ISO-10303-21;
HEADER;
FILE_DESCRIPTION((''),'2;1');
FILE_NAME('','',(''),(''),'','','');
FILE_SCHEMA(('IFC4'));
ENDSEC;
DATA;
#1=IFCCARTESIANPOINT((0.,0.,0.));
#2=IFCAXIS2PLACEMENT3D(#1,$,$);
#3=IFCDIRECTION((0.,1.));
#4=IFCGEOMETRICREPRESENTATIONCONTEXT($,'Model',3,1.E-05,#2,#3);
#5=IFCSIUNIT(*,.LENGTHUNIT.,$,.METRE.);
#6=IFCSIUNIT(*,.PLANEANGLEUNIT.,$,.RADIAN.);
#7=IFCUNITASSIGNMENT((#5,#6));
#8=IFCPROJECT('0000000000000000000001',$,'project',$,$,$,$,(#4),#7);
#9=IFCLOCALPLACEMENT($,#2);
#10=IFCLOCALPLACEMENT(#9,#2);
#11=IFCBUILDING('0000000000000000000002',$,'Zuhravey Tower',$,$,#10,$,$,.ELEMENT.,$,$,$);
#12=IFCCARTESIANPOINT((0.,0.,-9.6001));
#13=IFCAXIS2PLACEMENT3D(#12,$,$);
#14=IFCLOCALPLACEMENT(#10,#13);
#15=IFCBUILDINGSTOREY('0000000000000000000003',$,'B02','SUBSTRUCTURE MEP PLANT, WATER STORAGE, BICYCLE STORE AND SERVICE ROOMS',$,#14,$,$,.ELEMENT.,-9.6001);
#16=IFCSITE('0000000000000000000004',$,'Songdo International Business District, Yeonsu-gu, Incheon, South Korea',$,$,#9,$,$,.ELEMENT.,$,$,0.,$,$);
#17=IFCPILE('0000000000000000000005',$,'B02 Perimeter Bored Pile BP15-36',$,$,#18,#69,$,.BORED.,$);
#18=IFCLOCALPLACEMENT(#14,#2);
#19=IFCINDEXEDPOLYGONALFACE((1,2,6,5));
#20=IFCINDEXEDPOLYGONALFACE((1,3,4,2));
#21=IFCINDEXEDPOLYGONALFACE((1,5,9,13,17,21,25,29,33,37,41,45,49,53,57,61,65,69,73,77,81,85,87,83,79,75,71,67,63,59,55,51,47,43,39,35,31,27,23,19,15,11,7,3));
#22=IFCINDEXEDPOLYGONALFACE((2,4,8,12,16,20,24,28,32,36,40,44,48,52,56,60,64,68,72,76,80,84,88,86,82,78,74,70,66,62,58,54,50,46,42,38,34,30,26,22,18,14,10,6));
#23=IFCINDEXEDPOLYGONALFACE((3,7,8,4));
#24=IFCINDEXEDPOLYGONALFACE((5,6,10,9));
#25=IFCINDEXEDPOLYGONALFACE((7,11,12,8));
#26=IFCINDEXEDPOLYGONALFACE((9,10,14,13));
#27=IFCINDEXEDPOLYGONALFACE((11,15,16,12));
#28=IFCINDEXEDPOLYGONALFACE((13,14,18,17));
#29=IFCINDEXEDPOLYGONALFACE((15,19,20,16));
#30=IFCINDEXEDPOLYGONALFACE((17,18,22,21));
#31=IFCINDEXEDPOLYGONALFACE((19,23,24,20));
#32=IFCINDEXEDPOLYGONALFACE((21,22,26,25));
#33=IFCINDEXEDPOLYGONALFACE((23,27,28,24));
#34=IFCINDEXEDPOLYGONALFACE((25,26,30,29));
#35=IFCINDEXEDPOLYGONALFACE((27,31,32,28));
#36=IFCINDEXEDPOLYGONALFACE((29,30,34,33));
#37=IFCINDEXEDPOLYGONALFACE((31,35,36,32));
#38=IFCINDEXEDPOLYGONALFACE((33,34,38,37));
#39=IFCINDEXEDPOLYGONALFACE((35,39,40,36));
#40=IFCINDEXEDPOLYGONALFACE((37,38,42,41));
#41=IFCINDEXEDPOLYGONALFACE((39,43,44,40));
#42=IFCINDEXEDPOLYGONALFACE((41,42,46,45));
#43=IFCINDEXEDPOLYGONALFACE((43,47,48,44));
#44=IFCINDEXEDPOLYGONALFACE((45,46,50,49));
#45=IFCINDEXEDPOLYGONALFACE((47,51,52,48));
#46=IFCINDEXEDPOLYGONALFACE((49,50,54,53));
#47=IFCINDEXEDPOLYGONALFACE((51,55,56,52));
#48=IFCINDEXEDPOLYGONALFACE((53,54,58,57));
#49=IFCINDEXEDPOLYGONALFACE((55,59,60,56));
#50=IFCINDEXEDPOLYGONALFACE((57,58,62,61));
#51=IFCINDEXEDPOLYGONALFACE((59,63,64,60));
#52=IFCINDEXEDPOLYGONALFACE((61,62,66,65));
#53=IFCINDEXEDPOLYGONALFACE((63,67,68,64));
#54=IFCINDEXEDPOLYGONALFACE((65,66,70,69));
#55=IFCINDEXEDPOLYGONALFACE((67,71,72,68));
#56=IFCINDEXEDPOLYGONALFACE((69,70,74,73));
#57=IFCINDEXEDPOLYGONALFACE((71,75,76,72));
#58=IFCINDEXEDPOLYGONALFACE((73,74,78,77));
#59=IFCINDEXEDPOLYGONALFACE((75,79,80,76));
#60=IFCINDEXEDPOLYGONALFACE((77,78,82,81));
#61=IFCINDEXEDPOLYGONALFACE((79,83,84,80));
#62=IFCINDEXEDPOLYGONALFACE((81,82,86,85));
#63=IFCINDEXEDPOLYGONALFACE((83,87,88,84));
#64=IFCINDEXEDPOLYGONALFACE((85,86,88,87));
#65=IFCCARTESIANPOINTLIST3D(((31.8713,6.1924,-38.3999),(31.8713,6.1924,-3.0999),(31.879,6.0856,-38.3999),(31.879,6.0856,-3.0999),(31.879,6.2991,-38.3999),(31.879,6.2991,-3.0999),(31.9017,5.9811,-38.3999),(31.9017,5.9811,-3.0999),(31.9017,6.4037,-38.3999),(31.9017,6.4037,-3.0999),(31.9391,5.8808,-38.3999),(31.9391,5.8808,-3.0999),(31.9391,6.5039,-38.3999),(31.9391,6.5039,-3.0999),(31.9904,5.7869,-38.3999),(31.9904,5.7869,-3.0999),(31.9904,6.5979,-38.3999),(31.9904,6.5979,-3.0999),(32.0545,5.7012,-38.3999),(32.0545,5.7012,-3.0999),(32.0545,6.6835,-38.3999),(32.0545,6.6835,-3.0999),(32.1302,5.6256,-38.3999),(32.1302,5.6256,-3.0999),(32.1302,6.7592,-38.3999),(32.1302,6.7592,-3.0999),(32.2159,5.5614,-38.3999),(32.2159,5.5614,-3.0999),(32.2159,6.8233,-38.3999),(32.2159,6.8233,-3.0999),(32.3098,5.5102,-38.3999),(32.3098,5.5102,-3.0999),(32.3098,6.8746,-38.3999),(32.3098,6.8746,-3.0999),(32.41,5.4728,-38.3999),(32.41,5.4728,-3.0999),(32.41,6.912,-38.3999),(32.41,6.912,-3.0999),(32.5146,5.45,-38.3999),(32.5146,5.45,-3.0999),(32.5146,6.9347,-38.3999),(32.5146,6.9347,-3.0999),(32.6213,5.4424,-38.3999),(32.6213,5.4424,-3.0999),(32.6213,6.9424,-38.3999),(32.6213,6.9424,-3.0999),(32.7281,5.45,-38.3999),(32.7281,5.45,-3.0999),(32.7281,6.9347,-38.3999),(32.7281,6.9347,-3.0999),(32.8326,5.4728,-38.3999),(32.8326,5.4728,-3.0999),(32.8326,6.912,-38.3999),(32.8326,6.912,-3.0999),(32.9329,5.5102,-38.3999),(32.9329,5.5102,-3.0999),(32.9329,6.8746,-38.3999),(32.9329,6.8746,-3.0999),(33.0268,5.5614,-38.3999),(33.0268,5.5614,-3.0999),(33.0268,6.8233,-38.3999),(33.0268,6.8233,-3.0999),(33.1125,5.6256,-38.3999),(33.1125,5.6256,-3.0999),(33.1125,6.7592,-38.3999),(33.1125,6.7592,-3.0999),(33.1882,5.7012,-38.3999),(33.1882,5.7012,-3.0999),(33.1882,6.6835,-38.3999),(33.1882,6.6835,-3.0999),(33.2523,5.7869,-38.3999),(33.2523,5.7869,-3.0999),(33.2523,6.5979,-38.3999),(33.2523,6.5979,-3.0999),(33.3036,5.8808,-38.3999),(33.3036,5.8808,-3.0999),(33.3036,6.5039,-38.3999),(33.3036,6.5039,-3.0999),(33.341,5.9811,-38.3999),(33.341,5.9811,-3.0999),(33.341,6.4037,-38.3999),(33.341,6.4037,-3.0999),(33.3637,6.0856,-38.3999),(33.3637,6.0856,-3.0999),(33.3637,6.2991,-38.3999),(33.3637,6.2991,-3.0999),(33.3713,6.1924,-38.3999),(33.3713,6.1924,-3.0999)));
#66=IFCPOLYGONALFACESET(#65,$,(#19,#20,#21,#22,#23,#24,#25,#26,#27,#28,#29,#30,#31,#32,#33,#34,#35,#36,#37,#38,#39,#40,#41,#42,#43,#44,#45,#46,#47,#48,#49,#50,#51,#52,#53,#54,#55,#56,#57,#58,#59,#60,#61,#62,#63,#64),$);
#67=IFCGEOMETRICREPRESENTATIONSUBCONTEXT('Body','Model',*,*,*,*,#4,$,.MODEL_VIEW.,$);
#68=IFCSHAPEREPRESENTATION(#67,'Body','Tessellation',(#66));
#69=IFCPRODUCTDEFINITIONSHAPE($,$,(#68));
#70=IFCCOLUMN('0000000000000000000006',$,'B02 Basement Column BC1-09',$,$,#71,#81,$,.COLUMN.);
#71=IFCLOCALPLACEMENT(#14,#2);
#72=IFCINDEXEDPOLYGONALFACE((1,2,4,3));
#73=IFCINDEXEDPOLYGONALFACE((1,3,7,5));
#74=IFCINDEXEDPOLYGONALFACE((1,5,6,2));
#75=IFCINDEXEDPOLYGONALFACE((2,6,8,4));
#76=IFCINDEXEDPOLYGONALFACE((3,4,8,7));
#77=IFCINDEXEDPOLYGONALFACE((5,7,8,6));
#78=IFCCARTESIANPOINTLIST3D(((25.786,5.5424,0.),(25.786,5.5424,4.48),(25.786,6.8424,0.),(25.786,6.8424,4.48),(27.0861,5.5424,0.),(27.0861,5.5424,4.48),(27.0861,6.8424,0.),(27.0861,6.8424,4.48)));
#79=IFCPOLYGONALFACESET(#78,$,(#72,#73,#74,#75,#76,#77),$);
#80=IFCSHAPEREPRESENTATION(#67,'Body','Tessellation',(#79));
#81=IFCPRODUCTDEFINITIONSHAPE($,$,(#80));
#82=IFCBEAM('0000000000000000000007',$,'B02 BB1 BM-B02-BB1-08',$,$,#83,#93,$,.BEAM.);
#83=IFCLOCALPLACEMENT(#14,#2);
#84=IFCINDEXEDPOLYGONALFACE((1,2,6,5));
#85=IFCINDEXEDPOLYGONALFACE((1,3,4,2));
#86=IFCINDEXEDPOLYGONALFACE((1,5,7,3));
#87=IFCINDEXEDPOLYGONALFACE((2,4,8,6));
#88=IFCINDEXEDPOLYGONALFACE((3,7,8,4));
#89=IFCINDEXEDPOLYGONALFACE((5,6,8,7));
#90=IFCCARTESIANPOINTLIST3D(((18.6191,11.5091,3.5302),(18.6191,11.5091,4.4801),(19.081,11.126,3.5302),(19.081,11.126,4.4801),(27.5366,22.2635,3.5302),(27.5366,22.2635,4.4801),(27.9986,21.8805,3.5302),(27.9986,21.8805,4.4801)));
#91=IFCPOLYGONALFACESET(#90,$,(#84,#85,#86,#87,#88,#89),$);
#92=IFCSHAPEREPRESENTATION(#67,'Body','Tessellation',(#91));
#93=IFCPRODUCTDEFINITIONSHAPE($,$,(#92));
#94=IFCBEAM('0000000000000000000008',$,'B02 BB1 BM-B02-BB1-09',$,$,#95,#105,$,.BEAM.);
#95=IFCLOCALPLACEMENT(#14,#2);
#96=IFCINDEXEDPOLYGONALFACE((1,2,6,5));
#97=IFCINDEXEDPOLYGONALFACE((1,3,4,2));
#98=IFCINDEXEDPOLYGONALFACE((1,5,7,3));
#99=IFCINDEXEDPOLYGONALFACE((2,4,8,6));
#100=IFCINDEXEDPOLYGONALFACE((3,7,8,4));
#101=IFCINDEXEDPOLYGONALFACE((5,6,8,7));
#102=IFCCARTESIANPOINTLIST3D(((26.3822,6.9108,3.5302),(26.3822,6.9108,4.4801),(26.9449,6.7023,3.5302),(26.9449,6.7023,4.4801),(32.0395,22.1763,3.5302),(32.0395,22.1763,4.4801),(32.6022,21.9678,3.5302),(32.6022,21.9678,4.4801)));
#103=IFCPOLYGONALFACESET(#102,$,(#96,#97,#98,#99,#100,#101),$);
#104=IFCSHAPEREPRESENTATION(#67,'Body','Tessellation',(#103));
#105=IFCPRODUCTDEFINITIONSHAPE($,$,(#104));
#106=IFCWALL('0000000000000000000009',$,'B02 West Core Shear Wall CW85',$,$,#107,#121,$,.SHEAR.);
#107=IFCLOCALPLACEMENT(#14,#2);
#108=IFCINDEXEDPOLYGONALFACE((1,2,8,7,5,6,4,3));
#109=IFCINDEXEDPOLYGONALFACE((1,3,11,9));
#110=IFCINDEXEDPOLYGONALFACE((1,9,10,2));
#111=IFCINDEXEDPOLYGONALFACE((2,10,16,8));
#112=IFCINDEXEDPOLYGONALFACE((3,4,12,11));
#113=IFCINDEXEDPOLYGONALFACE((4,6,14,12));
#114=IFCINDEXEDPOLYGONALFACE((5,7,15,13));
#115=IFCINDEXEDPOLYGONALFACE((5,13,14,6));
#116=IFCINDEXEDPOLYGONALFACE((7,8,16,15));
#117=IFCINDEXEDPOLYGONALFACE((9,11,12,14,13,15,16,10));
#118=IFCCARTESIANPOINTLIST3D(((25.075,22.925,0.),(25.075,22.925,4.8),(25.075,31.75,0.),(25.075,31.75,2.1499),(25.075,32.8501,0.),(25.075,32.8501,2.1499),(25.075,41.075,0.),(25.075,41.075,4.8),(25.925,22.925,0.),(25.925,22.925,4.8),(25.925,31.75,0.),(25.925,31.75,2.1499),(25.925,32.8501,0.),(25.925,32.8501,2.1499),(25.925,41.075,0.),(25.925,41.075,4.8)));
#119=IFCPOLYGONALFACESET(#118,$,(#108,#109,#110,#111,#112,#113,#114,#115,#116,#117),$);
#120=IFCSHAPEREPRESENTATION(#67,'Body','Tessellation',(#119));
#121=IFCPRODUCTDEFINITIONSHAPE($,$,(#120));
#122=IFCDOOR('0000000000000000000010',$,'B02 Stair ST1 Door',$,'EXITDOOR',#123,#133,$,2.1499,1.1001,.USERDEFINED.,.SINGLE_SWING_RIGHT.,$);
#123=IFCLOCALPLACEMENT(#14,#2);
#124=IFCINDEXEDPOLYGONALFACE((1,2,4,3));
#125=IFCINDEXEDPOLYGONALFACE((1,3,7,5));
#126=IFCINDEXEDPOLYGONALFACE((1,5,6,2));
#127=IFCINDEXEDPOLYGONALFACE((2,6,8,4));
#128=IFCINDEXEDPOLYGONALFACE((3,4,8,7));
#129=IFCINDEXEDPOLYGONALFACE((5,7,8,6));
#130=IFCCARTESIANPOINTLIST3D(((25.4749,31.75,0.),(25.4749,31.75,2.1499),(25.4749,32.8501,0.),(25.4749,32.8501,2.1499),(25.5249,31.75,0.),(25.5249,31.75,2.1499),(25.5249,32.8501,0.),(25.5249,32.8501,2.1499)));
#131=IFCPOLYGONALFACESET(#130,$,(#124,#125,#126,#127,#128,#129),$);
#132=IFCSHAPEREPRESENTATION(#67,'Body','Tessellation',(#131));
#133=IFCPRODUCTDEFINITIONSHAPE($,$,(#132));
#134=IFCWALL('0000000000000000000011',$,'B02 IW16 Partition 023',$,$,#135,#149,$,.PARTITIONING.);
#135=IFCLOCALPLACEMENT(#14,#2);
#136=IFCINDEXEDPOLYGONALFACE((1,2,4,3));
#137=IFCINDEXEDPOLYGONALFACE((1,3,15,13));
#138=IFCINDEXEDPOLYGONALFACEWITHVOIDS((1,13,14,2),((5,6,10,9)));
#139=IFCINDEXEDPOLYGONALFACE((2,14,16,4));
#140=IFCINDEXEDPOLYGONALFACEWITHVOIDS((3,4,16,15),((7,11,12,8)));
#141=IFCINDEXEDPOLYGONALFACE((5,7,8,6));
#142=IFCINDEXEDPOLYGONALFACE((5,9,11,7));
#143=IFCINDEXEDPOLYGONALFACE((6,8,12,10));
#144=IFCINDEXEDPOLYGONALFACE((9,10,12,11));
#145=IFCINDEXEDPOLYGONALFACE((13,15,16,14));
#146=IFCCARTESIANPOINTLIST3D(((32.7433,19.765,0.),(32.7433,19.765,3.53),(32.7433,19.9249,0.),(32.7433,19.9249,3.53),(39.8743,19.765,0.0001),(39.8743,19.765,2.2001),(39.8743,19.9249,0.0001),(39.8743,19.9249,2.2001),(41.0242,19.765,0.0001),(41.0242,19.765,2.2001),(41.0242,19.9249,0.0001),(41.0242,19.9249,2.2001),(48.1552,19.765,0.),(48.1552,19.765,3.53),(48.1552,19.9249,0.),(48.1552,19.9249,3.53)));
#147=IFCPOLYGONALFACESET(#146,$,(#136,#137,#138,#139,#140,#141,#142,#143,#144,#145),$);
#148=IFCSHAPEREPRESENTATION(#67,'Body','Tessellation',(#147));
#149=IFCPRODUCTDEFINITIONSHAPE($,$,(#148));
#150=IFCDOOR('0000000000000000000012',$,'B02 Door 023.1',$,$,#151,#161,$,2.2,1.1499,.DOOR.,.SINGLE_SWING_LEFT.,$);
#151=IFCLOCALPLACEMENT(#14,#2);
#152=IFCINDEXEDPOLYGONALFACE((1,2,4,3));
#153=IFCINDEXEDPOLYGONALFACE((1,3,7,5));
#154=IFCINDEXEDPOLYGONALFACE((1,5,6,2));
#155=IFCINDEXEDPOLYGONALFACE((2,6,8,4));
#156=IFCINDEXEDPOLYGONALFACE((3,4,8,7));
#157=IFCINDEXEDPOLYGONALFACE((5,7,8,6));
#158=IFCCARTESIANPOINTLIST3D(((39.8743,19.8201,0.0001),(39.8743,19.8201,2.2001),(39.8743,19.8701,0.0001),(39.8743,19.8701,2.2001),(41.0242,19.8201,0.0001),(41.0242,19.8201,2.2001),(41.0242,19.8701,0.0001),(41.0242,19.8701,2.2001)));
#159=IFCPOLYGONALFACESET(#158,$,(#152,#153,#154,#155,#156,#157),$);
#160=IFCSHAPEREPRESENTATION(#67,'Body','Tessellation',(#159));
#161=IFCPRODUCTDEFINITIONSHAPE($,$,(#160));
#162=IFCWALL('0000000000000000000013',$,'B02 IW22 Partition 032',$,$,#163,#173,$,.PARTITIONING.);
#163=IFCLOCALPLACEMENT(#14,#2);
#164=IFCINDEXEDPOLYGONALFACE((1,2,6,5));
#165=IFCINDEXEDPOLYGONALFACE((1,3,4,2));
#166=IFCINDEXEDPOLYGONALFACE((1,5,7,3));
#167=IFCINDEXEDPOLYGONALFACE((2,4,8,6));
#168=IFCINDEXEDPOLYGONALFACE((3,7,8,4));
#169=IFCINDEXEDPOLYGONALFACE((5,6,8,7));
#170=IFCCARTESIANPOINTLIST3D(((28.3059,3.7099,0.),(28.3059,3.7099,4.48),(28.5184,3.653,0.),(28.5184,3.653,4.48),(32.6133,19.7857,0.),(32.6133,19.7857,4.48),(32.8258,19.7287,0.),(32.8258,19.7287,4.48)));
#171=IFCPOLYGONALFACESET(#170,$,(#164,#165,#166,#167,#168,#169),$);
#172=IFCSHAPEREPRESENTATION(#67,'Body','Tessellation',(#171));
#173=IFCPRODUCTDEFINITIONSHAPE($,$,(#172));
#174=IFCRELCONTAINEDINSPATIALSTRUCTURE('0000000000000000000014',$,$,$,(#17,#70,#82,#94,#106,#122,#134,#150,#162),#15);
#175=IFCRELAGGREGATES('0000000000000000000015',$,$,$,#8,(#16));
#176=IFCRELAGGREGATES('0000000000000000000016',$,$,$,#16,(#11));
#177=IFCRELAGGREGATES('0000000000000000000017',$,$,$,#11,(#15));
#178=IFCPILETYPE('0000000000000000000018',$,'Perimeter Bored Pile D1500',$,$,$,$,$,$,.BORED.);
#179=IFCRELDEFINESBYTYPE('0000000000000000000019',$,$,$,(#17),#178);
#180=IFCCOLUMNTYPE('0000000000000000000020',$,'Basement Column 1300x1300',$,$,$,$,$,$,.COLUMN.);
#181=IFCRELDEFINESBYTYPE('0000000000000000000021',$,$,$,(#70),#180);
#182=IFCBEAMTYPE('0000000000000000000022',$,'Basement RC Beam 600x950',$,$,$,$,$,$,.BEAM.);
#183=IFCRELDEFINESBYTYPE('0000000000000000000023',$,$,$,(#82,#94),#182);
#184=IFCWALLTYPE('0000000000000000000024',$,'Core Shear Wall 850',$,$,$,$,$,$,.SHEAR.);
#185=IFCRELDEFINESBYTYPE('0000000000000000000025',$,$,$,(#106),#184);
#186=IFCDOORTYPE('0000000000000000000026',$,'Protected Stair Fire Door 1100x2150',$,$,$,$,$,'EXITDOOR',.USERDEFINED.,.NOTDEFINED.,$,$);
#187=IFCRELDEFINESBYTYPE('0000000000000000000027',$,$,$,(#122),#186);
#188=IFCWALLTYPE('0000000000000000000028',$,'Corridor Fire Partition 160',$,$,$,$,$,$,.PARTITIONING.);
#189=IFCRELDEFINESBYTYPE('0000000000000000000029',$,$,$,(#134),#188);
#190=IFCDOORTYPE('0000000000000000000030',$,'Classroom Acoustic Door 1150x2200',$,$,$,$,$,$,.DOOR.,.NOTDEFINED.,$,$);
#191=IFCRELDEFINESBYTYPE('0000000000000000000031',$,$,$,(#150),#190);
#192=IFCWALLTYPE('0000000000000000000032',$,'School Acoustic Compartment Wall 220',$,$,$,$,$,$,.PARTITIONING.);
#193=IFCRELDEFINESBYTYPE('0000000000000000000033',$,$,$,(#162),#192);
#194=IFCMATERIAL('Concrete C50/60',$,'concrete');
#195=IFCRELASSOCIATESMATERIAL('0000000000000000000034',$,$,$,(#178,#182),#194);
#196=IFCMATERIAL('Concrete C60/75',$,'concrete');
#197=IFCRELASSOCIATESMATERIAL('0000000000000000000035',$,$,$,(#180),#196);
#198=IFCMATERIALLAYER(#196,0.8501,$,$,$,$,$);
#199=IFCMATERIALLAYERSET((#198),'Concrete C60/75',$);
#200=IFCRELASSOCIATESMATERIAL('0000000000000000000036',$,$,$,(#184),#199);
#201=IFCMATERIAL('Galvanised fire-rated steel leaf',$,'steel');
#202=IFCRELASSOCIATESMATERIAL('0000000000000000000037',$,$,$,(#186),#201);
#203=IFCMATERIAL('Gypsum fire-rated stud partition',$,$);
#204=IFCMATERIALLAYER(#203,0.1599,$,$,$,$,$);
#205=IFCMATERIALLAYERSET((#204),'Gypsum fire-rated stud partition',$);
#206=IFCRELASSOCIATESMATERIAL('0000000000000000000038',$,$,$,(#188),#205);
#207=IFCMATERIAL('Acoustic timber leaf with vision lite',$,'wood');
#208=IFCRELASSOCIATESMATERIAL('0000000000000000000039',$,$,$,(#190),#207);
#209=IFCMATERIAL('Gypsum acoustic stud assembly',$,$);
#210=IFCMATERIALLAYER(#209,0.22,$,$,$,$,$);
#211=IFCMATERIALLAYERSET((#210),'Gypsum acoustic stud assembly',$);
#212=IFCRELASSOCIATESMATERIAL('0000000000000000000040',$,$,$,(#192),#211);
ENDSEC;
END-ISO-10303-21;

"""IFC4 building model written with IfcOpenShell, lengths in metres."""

from ifc_helpers import new_model, si_unit, direction, frame, frame_2d, origin, origin_2d, place, context, subcontext, project, spatial, rectangle, circle, extrude, material, layer, layer_set, material_profile, profile_set, type_object, element, fill, save


model = new_model("IFC4")

# Units and contexts
model_context = context("Model", 3, precision=1e-05, world=origin(), true_north=direction((0.0, 1.0)))
body_context = subcontext(model_context, "Body", "Model", "MODEL_VIEW")
ifc_project = project(units=[si_unit("LENGTHUNIT", "METRE"), si_unit("PLANEANGLEUNIT", "RADIAN")], contexts=[model_context])

# Site, building, storey
site_placement = place(None, origin())
site = spatial("IfcSite", under=ifc_project, at=site_placement, Name="Songdo International Business District, Yeonsu-gu, Incheon, South Korea", CompositionType="ELEMENT", RefElevation=0.0)
building_placement = place(site_placement, origin())
building = spatial("IfcBuilding", under=site, at=building_placement, Name="Zuhravey Tower", CompositionType="ELEMENT")
storey_placement = place(building_placement, frame((0.0, 0.0, -9.6001)))
storey = spatial("IfcBuildingStorey", under=building, at=storey_placement, Name="B02", Description="SUBSTRUCTURE MEP PLANT, WATER STORAGE, BICYCLE STORE AND SERVICE ROOMS", CompositionType="ELEMENT", Elevation=-9.6001)

# Pile
ifc_material_1 = material(Name="Concrete C50/60", Category="concrete")
ifc_material_profile_1 = material_profile(ifc_material_1, circle(Radius=0.75, at=origin_2d()), Name="PILE-D1500")
ifc_profile_set_1 = profile_set([ifc_material_profile_1], Name="Concrete C50/60")
pile_type = type_object("IfcPileType", Name="Perimeter Bored Pile D1500", PredefinedType="BORED", material=ifc_profile_set_1)
for number, where, z_axis, x_axis, name in (
    (1, (32.6213, 6.1924, -3.0999), (0.0, 0.0, -1.0), (1.0, 0.0, 0.0), "B02 Perimeter Bored Pile BP15-36"),
):
    element("IfcPile", number, at=place(storey_placement, frame(where, z_axis=z_axis, x_axis=x_axis)), inside=storey, type_object=pile_type, Name=name, PredefinedType="BORED", context=body_context, shape_type="SweptSolid", body=[
        extrude(circle(Radius=0.75, at=origin_2d()), origin(), (0.0, 0.0, 1.0), 35.3),
    ])

# Column
ifc_material_2 = material(Name="Concrete C60/75", Category="concrete")
ifc_material_profile_2 = material_profile(ifc_material_2, rectangle(XDim=1.3, YDim=1.3, at=origin_2d()), Name="RC-1300x1300")
ifc_profile_set_2 = profile_set([ifc_material_profile_2], Name="Concrete C60/75")
column_type = type_object("IfcColumnType", Name="Basement Column 1300x1300", PredefinedType="COLUMN", material=ifc_profile_set_2)
column_placement = place(storey_placement, frame((26.436, 6.1924, 0.0), z_axis=(0.0, 0.0, 1.0), x_axis=(1.0, 0.0, 0.0)))
element("IfcColumn", 2, at=column_placement, inside=storey, type_object=column_type, Name="B02 Basement Column BC1-09", PredefinedType="COLUMN", context=body_context, shape_type="SweptSolid", body=[
    extrude(rectangle(XDim=1.3, YDim=1.3, at=origin_2d()), origin(), (0.0, 0.0, 1.0), 4.48),
])

# Beams
ifc_material_profile_3 = material_profile(ifc_material_1, rectangle(XDim=0.6001, YDim=0.95, at=origin_2d()), Name="RC-600x950")
ifc_profile_set_3 = profile_set([ifc_material_profile_3], Name="Concrete C50/60")
beam_type = type_object("IfcBeamType", Name="Basement RC Beam 600x950", PredefinedType="BEAM", material=ifc_profile_set_3)
beam_1_placement = place(storey_placement, frame((27.7676, 22.072, 4.0051), z_axis=(-0.638302, -0.769786, 0.0), x_axis=(0.769786, -0.638302, 0.0)))
element("IfcBeam", 3, at=beam_1_placement, inside=storey, type_object=beam_type, Name="B02 BB1 BM-B02-BB1-08", PredefinedType="BEAM", context=body_context, shape_type="SweptSolid", body=[
    extrude(rectangle(XDim=0.6001, YDim=0.95, at=origin_2d()), origin(), (0.0, 0.0, 1.0), 13.9707),
])
beam_2_placement = place(storey_placement, frame((32.3208, 22.072, 4.0051), z_axis=(-0.347497, -0.937681, 0.0), x_axis=(0.937681, -0.347497, 0.0)))
element("IfcBeam", 4, at=beam_2_placement, inside=storey, type_object=beam_type, Name="B02 BB1 BM-B02-BB1-09", PredefinedType="BEAM", context=body_context, shape_type="SweptSolid", body=[
    extrude(rectangle(XDim=0.6001, YDim=0.95, at=origin_2d()), origin(), (0.0, 0.0, 1.0), 16.28),
])

# Walls, openings, doors
ifc_layer_1 = layer(ifc_material_2, 0.8501)
ifc_layer_set_1 = layer_set([ifc_layer_1], Name="Concrete C60/75")
wall_type_1 = type_object("IfcWallType", Name="Core Shear Wall 850", PredefinedType="SHEAR", material=ifc_layer_set_1)
ifc_material_3 = material(Name="Galvanised fire-rated steel leaf", Category="steel")
wall_1_placement = place(storey_placement, frame((25.5, 22.925, 0.0), z_axis=(0.0, 0.0, 1.0), x_axis=(0.0, 1.0, 0.0)))
wall_1 = element("IfcWall", 5, at=wall_1_placement, inside=storey, type_object=wall_type_1, Name="B02 West Core Shear Wall CW85", PredefinedType="SHEAR", context=body_context, shape_type="SweptSolid", body=[
    extrude(rectangle(XDim=18.1499, YDim=0.8501, at=frame_2d((9.075, 0.0))), origin(), (0.0, 0.0, 1.0), 4.8),
])
opening_1_placement = place(wall_1_placement, frame((8.825, 0.0, 0.0)))
opening_1 = element("IfcOpeningElement", 6, at=opening_1_placement, cuts=wall_1, PredefinedType="OPENING", context=body_context, shape_type="SweptSolid", body=[
    extrude(rectangle(XDim=1.1001, YDim=2.1499, at=frame_2d((0.55, 1.075))), frame((0.0, 0.437, 0.0), z_axis=(0.0, -1.0, 0.0), x_axis=(1.0, 0.0, 0.0)), (0.0, 0.0, 1.0), 0.874),
])
door_type_1 = type_object("IfcDoorType", Name="Protected Stair Fire Door 1100x2150", ElementType="EXITDOOR", OperationType="NOTDEFINED", PredefinedType="USERDEFINED", material=ifc_material_3)
door_1_placement = place(opening_1_placement, frame((1.1001, 0.0, 0.0), z_axis=(0.0, 0.0, 1.0), x_axis=(-1.0, 0.0, 0.0)))
door_1 = element("IfcDoor", 7, at=door_1_placement, inside=storey, type_object=door_type_1, Name="B02 Stair ST1 Door", ObjectType="EXITDOOR", OperationType="SINGLE_SWING_RIGHT", OverallHeight=2.1499, OverallWidth=1.1001, PredefinedType="USERDEFINED", context=body_context, shape_type="SweptSolid", body=[
    extrude(rectangle(XDim=1.1001, YDim=2.1499, at=frame_2d((0.55, 1.075))), frame((0.0, 0.0249, 0.0), z_axis=(0.0, -1.0, 0.0), x_axis=(1.0, 0.0, 0.0)), (0.0, 0.0, 1.0), 0.05),
])
fill(opening_1, door_1)
ifc_material_4 = material(Name="Gypsum fire-rated stud partition")
ifc_layer_2 = layer(ifc_material_4, 0.1599)
ifc_layer_set_2 = layer_set([ifc_layer_2], Name="Gypsum fire-rated stud partition")
wall_type_2 = type_object("IfcWallType", Name="Corridor Fire Partition 160", PredefinedType="PARTITIONING", material=ifc_layer_set_2)
wall_2_placement = place(storey_placement, frame((32.7432, 19.845, 0.0), z_axis=(0.0, 0.0, 1.0), x_axis=(1.0, 0.0, 0.0)))
wall_2 = element("IfcWall", 8, at=wall_2_placement, inside=storey, type_object=wall_type_2, Name="B02 IW16 Partition 023", PredefinedType="PARTITIONING", context=body_context, shape_type="SweptSolid", body=[
    extrude(rectangle(XDim=15.4119, YDim=0.1599, at=frame_2d((7.7061, 0.0))), origin(), (0.0, 0.0, 1.0), 3.53),
])
opening_2_placement = place(wall_2_placement, frame((7.1311, 0.0, 0.0)))
opening_2 = element("IfcOpeningElement", 9, at=opening_2_placement, cuts=wall_2, PredefinedType="OPENING", context=body_context, shape_type="SweptSolid", body=[
    extrude(rectangle(XDim=1.1499, YDim=2.2, at=frame_2d((0.575, 1.1001))), frame((0.0, 0.092, 0.0), z_axis=(0.0, -1.0, 0.0), x_axis=(1.0, 0.0, 0.0)), (0.0, 0.0, 1.0), 0.1838),
])
ifc_material_5 = material(Name="Acoustic timber leaf with vision lite", Category="wood")
door_type_2 = type_object("IfcDoorType", Name="Classroom Acoustic Door 1150x2200", OperationType="NOTDEFINED", PredefinedType="DOOR", material=ifc_material_5)
door_2_placement = place(opening_2_placement, frame((1.1499, 0.0, 0.0), z_axis=(0.0, 0.0, 1.0), x_axis=(-1.0, 0.0, 0.0)))
door_2 = element("IfcDoor", 10, at=door_2_placement, inside=storey, type_object=door_type_2, Name="B02 Door 023.1", OperationType="SINGLE_SWING_LEFT", OverallHeight=2.2, OverallWidth=1.1499, PredefinedType="DOOR", context=body_context, shape_type="SweptSolid", body=[
    extrude(rectangle(XDim=1.1499, YDim=2.2, at=frame_2d((0.575, 1.1001))), frame((0.0, 0.0249, 0.0), z_axis=(0.0, -1.0, 0.0), x_axis=(1.0, 0.0, 0.0)), (0.0, 0.0, 1.0), 0.05),
])
fill(opening_2, door_2)

# Wall
ifc_material_6 = material(Name="Gypsum acoustic stud assembly")
ifc_layer_3 = layer(ifc_material_6, 0.22)
ifc_layer_set_3 = layer_set([ifc_layer_3], Name="Gypsum acoustic stud assembly")
wall_type_3 = type_object("IfcWallType", Name="School Acoustic Compartment Wall 220", PredefinedType="PARTITIONING", material=ifc_layer_set_3)
wall_3_placement = place(storey_placement, frame((32.7195, 19.7571, 0.0), z_axis=(0.0, 0.0, 1.0), x_axis=(-0.258814, -0.965927, 0.0)))
element("IfcWall", 11, at=wall_3_placement, inside=storey, type_object=wall_type_3, Name="B02 IW22 Partition 032", PredefinedType="PARTITIONING", context=body_context, shape_type="SweptSolid", body=[
    extrude(rectangle(XDim=16.6428, YDim=0.22, at=frame_2d((8.3213, 0.0))), origin(), (0.0, 0.0, 1.0), 4.48),
])

save(model, "model.ifc")
